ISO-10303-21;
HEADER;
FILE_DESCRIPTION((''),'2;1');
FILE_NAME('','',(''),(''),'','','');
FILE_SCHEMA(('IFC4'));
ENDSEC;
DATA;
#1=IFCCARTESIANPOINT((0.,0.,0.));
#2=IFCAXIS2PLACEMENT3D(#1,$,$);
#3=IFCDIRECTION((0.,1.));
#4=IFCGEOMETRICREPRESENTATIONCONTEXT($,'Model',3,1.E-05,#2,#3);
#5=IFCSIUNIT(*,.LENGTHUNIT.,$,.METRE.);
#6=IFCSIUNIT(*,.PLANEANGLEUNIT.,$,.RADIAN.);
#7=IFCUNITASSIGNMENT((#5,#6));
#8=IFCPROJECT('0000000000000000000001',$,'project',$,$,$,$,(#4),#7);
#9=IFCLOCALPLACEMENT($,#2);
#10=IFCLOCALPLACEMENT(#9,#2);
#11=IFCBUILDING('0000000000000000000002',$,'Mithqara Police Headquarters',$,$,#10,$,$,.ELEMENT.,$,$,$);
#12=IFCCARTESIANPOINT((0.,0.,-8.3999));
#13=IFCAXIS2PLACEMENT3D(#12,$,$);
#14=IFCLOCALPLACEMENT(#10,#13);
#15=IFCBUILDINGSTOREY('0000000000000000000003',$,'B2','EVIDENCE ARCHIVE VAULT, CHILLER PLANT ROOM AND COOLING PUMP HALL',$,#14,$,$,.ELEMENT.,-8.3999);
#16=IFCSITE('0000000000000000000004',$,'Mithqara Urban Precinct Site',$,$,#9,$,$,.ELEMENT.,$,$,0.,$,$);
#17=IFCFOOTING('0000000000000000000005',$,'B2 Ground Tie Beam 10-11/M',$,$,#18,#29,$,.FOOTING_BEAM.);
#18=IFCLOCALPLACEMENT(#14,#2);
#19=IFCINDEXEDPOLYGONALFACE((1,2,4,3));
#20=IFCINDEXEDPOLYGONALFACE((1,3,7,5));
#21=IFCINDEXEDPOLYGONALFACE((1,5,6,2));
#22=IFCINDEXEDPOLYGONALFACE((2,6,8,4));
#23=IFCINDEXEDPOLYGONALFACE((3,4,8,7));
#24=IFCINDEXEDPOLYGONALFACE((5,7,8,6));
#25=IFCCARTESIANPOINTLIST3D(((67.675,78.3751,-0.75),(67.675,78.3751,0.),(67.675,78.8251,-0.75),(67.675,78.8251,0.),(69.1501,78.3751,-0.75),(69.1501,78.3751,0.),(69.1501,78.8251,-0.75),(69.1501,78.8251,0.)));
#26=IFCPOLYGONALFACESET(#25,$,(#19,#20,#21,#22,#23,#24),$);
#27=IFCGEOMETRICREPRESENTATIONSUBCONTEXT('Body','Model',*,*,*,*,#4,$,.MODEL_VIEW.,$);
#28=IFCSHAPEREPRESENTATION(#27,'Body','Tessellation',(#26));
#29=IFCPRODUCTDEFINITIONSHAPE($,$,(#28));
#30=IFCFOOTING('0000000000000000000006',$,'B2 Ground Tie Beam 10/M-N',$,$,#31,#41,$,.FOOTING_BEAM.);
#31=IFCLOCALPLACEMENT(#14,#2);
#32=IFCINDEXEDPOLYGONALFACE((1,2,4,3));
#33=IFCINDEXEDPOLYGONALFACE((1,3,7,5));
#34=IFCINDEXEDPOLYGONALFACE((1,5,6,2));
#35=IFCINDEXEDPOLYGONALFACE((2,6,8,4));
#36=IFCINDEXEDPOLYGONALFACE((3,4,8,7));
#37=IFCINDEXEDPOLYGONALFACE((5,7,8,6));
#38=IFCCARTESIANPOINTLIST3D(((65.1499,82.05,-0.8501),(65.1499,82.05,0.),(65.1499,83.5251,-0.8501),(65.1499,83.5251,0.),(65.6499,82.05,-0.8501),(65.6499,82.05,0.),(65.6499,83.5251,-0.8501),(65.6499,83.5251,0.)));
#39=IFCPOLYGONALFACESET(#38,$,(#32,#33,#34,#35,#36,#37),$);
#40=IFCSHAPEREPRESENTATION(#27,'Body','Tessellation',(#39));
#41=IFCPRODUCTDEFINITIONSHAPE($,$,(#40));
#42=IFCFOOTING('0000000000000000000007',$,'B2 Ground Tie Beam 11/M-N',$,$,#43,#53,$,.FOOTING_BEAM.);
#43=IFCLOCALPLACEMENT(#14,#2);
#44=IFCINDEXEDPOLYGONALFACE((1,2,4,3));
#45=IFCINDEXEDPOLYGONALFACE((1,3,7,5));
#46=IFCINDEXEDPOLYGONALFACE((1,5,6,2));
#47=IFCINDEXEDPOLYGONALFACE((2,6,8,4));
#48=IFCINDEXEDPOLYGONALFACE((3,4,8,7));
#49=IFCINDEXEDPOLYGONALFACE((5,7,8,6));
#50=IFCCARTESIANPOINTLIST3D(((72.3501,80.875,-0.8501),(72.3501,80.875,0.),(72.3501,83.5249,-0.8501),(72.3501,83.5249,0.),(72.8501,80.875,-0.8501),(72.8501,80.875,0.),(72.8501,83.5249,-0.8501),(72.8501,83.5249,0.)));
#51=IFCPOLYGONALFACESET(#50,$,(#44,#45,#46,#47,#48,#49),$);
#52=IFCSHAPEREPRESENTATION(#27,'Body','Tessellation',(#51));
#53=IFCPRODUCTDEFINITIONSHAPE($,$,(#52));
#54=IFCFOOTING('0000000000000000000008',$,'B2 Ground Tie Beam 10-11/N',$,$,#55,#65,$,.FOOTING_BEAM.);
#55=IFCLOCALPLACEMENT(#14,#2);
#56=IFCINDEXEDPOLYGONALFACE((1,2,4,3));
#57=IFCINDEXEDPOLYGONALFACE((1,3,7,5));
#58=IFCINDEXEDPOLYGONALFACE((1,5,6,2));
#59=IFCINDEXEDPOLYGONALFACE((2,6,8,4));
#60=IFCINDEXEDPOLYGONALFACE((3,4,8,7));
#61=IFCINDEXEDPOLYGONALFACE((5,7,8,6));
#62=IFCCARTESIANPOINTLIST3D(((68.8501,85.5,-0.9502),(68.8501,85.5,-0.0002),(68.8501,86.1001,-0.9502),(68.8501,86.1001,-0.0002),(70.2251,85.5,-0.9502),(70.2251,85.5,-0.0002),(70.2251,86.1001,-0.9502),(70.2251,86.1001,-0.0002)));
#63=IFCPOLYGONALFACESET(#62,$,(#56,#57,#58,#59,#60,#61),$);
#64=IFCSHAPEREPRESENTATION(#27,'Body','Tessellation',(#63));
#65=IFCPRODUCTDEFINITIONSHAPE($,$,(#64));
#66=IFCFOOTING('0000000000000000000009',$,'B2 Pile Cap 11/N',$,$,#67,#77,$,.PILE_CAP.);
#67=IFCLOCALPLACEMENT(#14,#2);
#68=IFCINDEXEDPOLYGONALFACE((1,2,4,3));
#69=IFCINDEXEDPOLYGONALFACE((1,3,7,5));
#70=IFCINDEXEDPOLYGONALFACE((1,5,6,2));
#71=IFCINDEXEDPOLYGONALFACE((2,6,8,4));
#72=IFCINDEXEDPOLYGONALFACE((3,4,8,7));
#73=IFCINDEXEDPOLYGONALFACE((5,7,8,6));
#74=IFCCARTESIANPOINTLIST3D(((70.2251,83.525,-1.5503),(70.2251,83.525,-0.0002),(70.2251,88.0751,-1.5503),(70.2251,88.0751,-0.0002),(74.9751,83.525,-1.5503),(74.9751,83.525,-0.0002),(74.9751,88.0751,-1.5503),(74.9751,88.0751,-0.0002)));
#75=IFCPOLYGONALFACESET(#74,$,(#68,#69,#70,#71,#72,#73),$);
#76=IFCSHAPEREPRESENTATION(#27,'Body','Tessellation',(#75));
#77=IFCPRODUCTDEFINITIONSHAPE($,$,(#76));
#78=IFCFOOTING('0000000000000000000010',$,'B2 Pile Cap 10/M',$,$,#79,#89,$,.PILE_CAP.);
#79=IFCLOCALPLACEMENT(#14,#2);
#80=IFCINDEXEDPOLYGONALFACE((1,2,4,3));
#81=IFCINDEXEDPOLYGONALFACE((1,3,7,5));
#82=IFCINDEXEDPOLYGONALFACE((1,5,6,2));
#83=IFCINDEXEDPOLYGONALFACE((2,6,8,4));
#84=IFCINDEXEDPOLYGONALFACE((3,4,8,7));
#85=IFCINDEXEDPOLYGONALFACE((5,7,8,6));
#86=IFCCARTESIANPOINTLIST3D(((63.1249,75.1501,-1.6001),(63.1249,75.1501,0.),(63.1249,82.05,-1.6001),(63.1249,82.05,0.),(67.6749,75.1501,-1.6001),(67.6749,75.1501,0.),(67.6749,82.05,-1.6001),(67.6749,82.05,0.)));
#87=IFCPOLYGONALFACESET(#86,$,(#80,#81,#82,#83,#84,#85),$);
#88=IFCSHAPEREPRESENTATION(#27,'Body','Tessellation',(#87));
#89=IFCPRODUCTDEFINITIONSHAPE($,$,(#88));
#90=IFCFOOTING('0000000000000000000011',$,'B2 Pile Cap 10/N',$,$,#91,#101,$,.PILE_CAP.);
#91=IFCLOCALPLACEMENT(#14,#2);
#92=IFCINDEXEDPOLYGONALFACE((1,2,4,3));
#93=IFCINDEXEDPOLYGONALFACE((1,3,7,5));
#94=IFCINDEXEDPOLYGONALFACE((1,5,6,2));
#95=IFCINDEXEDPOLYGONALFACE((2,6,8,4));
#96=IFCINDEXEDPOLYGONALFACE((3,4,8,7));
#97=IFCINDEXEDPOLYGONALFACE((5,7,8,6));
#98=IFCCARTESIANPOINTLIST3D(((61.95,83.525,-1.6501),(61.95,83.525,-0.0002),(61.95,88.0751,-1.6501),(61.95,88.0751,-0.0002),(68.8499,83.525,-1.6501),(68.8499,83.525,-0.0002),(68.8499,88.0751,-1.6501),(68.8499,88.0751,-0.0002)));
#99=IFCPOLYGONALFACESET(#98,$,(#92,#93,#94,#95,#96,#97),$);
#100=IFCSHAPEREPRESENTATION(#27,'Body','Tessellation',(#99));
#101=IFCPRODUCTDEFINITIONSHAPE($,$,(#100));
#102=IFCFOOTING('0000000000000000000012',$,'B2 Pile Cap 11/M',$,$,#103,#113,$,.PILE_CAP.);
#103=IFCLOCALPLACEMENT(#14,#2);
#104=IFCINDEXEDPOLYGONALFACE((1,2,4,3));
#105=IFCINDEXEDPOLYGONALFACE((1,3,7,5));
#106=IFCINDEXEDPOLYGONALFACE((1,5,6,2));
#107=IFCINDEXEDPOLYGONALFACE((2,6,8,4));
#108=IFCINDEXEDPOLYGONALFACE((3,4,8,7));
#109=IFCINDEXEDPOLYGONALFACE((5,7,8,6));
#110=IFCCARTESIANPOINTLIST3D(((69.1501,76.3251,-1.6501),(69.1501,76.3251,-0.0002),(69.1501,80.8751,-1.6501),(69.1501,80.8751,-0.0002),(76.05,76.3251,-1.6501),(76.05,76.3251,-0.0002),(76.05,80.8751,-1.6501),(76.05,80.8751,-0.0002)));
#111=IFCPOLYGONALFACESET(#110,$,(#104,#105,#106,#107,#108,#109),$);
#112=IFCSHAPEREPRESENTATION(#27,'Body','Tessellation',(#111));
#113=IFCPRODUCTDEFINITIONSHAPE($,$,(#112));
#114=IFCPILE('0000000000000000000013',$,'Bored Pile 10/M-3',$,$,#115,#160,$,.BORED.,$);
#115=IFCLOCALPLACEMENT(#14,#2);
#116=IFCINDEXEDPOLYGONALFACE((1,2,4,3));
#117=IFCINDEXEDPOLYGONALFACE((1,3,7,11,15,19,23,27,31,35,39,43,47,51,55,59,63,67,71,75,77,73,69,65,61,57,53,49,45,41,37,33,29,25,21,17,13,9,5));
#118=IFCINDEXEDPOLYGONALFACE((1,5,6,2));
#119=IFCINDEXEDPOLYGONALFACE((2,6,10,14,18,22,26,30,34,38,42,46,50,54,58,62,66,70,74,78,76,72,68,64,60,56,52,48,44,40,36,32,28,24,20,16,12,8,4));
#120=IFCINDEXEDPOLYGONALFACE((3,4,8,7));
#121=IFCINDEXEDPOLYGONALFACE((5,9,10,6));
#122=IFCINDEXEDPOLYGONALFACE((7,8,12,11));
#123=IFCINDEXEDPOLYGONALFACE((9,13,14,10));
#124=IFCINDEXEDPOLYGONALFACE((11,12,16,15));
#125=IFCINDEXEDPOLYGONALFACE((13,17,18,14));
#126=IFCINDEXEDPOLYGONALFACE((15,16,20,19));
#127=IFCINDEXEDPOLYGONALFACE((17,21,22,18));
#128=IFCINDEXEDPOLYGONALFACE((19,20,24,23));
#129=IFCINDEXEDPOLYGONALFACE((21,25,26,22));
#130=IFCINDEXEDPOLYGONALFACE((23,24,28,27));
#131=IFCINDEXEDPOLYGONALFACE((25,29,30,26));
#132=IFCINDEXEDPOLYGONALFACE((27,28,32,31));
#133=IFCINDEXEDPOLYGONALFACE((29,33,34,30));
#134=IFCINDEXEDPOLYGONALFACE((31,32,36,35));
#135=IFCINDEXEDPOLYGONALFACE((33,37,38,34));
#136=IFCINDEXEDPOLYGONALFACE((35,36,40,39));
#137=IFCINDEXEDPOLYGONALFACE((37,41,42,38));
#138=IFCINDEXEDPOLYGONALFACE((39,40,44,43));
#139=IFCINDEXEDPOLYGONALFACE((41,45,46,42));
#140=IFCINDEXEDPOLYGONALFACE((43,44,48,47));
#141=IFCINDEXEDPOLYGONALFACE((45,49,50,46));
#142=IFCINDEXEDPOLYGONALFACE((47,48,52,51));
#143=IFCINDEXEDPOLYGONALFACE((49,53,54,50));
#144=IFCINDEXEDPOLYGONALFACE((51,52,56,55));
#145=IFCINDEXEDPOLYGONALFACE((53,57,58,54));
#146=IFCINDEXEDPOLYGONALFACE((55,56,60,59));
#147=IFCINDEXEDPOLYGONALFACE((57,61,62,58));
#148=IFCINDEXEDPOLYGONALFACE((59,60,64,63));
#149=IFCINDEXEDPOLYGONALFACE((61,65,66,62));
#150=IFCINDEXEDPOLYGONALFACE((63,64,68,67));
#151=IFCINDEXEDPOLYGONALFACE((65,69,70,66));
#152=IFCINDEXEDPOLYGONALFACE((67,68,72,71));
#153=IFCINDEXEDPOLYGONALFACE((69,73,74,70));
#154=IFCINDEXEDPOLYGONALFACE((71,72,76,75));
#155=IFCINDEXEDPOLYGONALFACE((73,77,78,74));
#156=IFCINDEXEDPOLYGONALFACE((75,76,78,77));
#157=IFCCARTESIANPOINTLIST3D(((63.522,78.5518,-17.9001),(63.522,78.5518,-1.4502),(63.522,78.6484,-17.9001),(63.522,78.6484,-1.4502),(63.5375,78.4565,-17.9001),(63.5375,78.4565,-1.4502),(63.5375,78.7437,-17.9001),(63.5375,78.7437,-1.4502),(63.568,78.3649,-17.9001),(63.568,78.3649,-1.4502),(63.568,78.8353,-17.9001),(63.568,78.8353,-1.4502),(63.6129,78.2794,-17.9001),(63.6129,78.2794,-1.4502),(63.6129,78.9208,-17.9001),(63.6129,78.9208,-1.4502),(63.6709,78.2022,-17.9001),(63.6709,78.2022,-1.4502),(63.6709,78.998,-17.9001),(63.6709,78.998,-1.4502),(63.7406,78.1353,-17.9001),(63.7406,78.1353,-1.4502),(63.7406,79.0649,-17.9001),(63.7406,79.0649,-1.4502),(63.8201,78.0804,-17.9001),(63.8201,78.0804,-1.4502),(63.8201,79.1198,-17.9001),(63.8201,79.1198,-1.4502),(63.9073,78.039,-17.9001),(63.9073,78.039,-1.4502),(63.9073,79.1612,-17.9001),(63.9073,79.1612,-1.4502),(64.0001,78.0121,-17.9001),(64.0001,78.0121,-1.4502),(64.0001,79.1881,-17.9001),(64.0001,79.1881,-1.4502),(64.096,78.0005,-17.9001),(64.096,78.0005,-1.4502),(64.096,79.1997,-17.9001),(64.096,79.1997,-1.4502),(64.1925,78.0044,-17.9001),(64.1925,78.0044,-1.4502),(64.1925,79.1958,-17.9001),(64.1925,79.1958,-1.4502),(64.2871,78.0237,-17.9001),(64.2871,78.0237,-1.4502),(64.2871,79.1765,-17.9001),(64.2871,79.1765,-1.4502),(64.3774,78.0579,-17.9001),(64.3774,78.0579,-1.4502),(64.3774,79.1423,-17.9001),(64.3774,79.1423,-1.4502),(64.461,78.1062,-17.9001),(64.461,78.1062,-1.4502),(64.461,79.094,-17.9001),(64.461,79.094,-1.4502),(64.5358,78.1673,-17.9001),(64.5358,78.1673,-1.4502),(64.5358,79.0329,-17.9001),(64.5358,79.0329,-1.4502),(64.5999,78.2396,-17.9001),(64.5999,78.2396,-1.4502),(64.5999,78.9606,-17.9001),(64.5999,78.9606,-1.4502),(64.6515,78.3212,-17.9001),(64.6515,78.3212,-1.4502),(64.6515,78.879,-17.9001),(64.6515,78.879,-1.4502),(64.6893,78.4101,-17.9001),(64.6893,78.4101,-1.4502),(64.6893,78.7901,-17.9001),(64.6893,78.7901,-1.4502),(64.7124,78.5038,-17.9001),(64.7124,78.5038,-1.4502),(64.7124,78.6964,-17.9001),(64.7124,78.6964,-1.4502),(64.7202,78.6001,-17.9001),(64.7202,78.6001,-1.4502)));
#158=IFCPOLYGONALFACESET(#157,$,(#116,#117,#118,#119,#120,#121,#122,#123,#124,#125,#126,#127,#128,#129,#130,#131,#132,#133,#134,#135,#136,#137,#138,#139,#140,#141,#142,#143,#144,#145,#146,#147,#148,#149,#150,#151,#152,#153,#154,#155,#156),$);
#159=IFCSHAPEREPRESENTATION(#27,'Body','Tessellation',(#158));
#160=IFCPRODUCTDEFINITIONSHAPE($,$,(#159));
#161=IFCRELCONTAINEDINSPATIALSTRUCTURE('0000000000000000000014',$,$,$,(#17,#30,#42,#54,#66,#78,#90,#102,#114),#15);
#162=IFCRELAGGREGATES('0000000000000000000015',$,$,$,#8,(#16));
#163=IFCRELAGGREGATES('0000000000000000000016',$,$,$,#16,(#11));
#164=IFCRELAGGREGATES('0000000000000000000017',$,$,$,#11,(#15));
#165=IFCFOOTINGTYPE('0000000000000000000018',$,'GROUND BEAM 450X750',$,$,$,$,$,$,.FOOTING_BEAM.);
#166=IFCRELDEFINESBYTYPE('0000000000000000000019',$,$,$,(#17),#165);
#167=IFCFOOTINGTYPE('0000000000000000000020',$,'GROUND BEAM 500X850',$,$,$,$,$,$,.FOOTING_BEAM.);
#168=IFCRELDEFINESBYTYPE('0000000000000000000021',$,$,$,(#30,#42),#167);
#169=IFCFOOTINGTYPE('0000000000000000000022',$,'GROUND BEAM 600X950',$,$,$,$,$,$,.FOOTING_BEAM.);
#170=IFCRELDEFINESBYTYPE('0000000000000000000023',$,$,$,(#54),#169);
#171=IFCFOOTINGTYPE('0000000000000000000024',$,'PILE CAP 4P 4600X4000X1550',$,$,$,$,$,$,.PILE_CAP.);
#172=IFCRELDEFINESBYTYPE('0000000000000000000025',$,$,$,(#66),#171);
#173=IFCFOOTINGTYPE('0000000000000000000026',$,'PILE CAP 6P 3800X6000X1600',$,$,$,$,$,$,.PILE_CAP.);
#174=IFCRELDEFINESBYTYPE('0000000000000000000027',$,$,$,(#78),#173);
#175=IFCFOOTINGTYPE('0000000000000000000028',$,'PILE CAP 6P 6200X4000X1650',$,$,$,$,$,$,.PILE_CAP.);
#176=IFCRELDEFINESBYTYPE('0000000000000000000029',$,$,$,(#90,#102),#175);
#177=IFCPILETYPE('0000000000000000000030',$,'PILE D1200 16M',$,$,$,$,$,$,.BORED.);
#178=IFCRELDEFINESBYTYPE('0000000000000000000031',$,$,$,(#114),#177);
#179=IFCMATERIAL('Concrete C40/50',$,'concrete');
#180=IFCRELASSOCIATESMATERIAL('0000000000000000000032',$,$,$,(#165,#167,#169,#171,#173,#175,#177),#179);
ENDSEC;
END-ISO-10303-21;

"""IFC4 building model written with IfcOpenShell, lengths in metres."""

from ifc_helpers import new_model, si_unit, direction, frame, origin, origin_2d, place, context, subcontext, project, spatial, rectangle, circle, extrude, material, material_profile, profile_set, type_object, element, save


model = new_model("IFC4")

# Units and contexts
model_context = context("Model", 3, precision=1e-05, world=origin(), true_north=direction((0.0, 1.0)))
body_context = subcontext(model_context, "Body", "Model", "MODEL_VIEW")
ifc_project = project(units=[si_unit("LENGTHUNIT", "METRE"), si_unit("PLANEANGLEUNIT", "RADIAN")], contexts=[model_context])

# Site, building, storey
site_placement = place(None, origin())
site = spatial("IfcSite", under=ifc_project, at=site_placement, Name="Mithqara Urban Precinct Site", CompositionType="ELEMENT", RefElevation=0.0)
building_placement = place(site_placement, origin())
building = spatial("IfcBuilding", under=site, at=building_placement, Name="Mithqara Police Headquarters", CompositionType="ELEMENT")
storey_placement = place(building_placement, frame((0.0, 0.0, -8.3999)))
storey = spatial("IfcBuildingStorey", under=building, at=storey_placement, Name="B2", Description="EVIDENCE ARCHIVE VAULT, CHILLER PLANT ROOM AND COOLING PUMP HALL", CompositionType="ELEMENT", Elevation=-8.3999)

# Footings
ifc_material_1 = material(Name="Concrete C40/50", Category="concrete")
footing_type_1 = type_object("IfcFootingType", Name="GROUND BEAM 450X750", PredefinedType="FOOTING_BEAM", material=ifc_material_1)
footing_1_placement = place(storey_placement, frame((68.4126, 78.6001, -0.75), z_axis=(0.0, 0.0, 1.0), x_axis=(1.0, 0.0, 0.0)))
element("IfcFooting", 1, at=footing_1_placement, inside=storey, type_object=footing_type_1, Name="B2 Ground Tie Beam 10-11/M", PredefinedType="FOOTING_BEAM", context=body_context, shape_type="SweptSolid", body=[
    extrude(rectangle(XDim=1.4751, YDim=0.45, at=origin_2d()), origin(), (0.0, 0.0, 1.0), 0.75),
])
footing_type_2 = type_object("IfcFootingType", Name="GROUND BEAM 500X850", PredefinedType="FOOTING_BEAM", material=ifc_material_1)
footing_2_placement = place(storey_placement, frame((65.3999, 82.7876, -0.8501), z_axis=(0.0, 0.0, 1.0), x_axis=(1.0, 0.0, 0.0)))
element("IfcFooting", 2, at=footing_2_placement, inside=storey, type_object=footing_type_2, Name="B2 Ground Tie Beam 10/M-N", PredefinedType="FOOTING_BEAM", context=body_context, shape_type="SweptSolid", body=[
    extrude(rectangle(XDim=0.5, YDim=1.4751, at=origin_2d()), origin(), (0.0, 0.0, 1.0), 0.8501),
])
footing_3_placement = place(storey_placement, frame((72.6001, 82.2, -0.8501), z_axis=(0.0, 0.0, 1.0), x_axis=(1.0, 0.0, 0.0)))
element("IfcFooting", 3, at=footing_3_placement, inside=storey, type_object=footing_type_2, Name="B2 Ground Tie Beam 11/M-N", PredefinedType="FOOTING_BEAM", context=body_context, shape_type="SweptSolid", body=[
    extrude(rectangle(XDim=0.5, YDim=2.6499, at=origin_2d()), origin(), (0.0, 0.0, 1.0), 0.8501),
])
footing_type_3 = type_object("IfcFootingType", Name="GROUND BEAM 600X950", PredefinedType="FOOTING_BEAM", material=ifc_material_1)
footing_4_placement = place(storey_placement, frame((69.5376, 85.8, -0.9502), z_axis=(0.0, 0.0, 1.0), x_axis=(1.0, 0.0, 0.0)))
element("IfcFooting", 4, at=footing_4_placement, inside=storey, type_object=footing_type_3, Name="B2 Ground Tie Beam 10-11/N", PredefinedType="FOOTING_BEAM", context=body_context, shape_type="SweptSolid", body=[
    extrude(rectangle(XDim=1.375, YDim=0.6001, at=origin_2d()), origin(), (0.0, 0.0, 1.0), 0.95),
])
footing_type_4 = type_object("IfcFootingType", Name="PILE CAP 4P 4600X4000X1550", PredefinedType="PILE_CAP", material=ifc_material_1)
footing_5_placement = place(storey_placement, frame((72.6001, 85.8, -1.5503), z_axis=(0.0, 0.0, 1.0), x_axis=(1.0, 0.0, 0.0)))
element("IfcFooting", 5, at=footing_5_placement, inside=storey, type_object=footing_type_4, Name="B2 Pile Cap 11/N", PredefinedType="PILE_CAP", context=body_context, shape_type="SweptSolid", body=[
    extrude(rectangle(XDim=4.75, YDim=4.55, at=origin_2d()), origin(), (0.0, 0.0, 1.0), 1.55),
])
footing_type_5 = type_object("IfcFootingType", Name="PILE CAP 6P 3800X6000X1600", PredefinedType="PILE_CAP", material=ifc_material_1)
footing_6_placement = place(storey_placement, frame((65.3999, 78.6001, -1.6001), z_axis=(0.0, 0.0, 1.0), x_axis=(1.0, 0.0, 0.0)))
element("IfcFooting", 6, at=footing_6_placement, inside=storey, type_object=footing_type_5, Name="B2 Pile Cap 10/M", PredefinedType="PILE_CAP", context=body_context, shape_type="SweptSolid", body=[
    extrude(rectangle(XDim=4.55, YDim=6.8999, at=origin_2d()), origin(), (0.0, 0.0, 1.0), 1.6001),
])
footing_type_6 = type_object("IfcFootingType", Name="PILE CAP 6P 6200X4000X1650", PredefinedType="PILE_CAP", material=ifc_material_1)
for number, where, z_axis, x_axis, name in (
    (7, (65.3999, 85.8, -1.6501), (0.0, 0.0, 1.0), (1.0, 0.0, 0.0), "B2 Pile Cap 10/N"),
    (8, (72.6001, 78.6001, -1.6501), (0.0, 0.0, 1.0), (1.0, 0.0, 0.0), "B2 Pile Cap 11/M"),
):
    element("IfcFooting", number, at=place(storey_placement, frame(where, z_axis=z_axis, x_axis=x_axis)), inside=storey, type_object=footing_type_6, Name=name, PredefinedType="PILE_CAP", context=body_context, shape_type="SweptSolid", body=[
        extrude(rectangle(XDim=6.8999, YDim=4.55, at=origin_2d()), origin(), (0.0, 0.0, 1.0), 1.6499),
    ])

# Pile
ifc_material_profile_1 = material_profile(ifc_material_1, circle(Radius=0.6001, at=origin_2d()), Name="PILE D1200")
ifc_profile_set_1 = profile_set([ifc_material_profile_1], Name="Concrete C40/50")
pile_type = type_object("IfcPileType", Name="PILE D1200 16M", PredefinedType="BORED", material=ifc_profile_set_1)
for number, where, z_axis, x_axis, name in (
    (9, (64.1201, 78.6001, -1.4502), (0.0, 0.0, -1.0), (1.0, 0.0, 0.0), "Bored Pile 10/M-3"),
):
    element("IfcPile", number, at=place(storey_placement, frame(where, z_axis=z_axis, x_axis=x_axis)), inside=storey, type_object=pile_type, Name=name, PredefinedType="BORED", context=body_context, shape_type="SweptSolid", body=[
        extrude(circle(Radius=0.6001, at=origin_2d()), origin(), (0.0, 0.0, 1.0), 16.45),
    ])

save(model, "model.ifc")
